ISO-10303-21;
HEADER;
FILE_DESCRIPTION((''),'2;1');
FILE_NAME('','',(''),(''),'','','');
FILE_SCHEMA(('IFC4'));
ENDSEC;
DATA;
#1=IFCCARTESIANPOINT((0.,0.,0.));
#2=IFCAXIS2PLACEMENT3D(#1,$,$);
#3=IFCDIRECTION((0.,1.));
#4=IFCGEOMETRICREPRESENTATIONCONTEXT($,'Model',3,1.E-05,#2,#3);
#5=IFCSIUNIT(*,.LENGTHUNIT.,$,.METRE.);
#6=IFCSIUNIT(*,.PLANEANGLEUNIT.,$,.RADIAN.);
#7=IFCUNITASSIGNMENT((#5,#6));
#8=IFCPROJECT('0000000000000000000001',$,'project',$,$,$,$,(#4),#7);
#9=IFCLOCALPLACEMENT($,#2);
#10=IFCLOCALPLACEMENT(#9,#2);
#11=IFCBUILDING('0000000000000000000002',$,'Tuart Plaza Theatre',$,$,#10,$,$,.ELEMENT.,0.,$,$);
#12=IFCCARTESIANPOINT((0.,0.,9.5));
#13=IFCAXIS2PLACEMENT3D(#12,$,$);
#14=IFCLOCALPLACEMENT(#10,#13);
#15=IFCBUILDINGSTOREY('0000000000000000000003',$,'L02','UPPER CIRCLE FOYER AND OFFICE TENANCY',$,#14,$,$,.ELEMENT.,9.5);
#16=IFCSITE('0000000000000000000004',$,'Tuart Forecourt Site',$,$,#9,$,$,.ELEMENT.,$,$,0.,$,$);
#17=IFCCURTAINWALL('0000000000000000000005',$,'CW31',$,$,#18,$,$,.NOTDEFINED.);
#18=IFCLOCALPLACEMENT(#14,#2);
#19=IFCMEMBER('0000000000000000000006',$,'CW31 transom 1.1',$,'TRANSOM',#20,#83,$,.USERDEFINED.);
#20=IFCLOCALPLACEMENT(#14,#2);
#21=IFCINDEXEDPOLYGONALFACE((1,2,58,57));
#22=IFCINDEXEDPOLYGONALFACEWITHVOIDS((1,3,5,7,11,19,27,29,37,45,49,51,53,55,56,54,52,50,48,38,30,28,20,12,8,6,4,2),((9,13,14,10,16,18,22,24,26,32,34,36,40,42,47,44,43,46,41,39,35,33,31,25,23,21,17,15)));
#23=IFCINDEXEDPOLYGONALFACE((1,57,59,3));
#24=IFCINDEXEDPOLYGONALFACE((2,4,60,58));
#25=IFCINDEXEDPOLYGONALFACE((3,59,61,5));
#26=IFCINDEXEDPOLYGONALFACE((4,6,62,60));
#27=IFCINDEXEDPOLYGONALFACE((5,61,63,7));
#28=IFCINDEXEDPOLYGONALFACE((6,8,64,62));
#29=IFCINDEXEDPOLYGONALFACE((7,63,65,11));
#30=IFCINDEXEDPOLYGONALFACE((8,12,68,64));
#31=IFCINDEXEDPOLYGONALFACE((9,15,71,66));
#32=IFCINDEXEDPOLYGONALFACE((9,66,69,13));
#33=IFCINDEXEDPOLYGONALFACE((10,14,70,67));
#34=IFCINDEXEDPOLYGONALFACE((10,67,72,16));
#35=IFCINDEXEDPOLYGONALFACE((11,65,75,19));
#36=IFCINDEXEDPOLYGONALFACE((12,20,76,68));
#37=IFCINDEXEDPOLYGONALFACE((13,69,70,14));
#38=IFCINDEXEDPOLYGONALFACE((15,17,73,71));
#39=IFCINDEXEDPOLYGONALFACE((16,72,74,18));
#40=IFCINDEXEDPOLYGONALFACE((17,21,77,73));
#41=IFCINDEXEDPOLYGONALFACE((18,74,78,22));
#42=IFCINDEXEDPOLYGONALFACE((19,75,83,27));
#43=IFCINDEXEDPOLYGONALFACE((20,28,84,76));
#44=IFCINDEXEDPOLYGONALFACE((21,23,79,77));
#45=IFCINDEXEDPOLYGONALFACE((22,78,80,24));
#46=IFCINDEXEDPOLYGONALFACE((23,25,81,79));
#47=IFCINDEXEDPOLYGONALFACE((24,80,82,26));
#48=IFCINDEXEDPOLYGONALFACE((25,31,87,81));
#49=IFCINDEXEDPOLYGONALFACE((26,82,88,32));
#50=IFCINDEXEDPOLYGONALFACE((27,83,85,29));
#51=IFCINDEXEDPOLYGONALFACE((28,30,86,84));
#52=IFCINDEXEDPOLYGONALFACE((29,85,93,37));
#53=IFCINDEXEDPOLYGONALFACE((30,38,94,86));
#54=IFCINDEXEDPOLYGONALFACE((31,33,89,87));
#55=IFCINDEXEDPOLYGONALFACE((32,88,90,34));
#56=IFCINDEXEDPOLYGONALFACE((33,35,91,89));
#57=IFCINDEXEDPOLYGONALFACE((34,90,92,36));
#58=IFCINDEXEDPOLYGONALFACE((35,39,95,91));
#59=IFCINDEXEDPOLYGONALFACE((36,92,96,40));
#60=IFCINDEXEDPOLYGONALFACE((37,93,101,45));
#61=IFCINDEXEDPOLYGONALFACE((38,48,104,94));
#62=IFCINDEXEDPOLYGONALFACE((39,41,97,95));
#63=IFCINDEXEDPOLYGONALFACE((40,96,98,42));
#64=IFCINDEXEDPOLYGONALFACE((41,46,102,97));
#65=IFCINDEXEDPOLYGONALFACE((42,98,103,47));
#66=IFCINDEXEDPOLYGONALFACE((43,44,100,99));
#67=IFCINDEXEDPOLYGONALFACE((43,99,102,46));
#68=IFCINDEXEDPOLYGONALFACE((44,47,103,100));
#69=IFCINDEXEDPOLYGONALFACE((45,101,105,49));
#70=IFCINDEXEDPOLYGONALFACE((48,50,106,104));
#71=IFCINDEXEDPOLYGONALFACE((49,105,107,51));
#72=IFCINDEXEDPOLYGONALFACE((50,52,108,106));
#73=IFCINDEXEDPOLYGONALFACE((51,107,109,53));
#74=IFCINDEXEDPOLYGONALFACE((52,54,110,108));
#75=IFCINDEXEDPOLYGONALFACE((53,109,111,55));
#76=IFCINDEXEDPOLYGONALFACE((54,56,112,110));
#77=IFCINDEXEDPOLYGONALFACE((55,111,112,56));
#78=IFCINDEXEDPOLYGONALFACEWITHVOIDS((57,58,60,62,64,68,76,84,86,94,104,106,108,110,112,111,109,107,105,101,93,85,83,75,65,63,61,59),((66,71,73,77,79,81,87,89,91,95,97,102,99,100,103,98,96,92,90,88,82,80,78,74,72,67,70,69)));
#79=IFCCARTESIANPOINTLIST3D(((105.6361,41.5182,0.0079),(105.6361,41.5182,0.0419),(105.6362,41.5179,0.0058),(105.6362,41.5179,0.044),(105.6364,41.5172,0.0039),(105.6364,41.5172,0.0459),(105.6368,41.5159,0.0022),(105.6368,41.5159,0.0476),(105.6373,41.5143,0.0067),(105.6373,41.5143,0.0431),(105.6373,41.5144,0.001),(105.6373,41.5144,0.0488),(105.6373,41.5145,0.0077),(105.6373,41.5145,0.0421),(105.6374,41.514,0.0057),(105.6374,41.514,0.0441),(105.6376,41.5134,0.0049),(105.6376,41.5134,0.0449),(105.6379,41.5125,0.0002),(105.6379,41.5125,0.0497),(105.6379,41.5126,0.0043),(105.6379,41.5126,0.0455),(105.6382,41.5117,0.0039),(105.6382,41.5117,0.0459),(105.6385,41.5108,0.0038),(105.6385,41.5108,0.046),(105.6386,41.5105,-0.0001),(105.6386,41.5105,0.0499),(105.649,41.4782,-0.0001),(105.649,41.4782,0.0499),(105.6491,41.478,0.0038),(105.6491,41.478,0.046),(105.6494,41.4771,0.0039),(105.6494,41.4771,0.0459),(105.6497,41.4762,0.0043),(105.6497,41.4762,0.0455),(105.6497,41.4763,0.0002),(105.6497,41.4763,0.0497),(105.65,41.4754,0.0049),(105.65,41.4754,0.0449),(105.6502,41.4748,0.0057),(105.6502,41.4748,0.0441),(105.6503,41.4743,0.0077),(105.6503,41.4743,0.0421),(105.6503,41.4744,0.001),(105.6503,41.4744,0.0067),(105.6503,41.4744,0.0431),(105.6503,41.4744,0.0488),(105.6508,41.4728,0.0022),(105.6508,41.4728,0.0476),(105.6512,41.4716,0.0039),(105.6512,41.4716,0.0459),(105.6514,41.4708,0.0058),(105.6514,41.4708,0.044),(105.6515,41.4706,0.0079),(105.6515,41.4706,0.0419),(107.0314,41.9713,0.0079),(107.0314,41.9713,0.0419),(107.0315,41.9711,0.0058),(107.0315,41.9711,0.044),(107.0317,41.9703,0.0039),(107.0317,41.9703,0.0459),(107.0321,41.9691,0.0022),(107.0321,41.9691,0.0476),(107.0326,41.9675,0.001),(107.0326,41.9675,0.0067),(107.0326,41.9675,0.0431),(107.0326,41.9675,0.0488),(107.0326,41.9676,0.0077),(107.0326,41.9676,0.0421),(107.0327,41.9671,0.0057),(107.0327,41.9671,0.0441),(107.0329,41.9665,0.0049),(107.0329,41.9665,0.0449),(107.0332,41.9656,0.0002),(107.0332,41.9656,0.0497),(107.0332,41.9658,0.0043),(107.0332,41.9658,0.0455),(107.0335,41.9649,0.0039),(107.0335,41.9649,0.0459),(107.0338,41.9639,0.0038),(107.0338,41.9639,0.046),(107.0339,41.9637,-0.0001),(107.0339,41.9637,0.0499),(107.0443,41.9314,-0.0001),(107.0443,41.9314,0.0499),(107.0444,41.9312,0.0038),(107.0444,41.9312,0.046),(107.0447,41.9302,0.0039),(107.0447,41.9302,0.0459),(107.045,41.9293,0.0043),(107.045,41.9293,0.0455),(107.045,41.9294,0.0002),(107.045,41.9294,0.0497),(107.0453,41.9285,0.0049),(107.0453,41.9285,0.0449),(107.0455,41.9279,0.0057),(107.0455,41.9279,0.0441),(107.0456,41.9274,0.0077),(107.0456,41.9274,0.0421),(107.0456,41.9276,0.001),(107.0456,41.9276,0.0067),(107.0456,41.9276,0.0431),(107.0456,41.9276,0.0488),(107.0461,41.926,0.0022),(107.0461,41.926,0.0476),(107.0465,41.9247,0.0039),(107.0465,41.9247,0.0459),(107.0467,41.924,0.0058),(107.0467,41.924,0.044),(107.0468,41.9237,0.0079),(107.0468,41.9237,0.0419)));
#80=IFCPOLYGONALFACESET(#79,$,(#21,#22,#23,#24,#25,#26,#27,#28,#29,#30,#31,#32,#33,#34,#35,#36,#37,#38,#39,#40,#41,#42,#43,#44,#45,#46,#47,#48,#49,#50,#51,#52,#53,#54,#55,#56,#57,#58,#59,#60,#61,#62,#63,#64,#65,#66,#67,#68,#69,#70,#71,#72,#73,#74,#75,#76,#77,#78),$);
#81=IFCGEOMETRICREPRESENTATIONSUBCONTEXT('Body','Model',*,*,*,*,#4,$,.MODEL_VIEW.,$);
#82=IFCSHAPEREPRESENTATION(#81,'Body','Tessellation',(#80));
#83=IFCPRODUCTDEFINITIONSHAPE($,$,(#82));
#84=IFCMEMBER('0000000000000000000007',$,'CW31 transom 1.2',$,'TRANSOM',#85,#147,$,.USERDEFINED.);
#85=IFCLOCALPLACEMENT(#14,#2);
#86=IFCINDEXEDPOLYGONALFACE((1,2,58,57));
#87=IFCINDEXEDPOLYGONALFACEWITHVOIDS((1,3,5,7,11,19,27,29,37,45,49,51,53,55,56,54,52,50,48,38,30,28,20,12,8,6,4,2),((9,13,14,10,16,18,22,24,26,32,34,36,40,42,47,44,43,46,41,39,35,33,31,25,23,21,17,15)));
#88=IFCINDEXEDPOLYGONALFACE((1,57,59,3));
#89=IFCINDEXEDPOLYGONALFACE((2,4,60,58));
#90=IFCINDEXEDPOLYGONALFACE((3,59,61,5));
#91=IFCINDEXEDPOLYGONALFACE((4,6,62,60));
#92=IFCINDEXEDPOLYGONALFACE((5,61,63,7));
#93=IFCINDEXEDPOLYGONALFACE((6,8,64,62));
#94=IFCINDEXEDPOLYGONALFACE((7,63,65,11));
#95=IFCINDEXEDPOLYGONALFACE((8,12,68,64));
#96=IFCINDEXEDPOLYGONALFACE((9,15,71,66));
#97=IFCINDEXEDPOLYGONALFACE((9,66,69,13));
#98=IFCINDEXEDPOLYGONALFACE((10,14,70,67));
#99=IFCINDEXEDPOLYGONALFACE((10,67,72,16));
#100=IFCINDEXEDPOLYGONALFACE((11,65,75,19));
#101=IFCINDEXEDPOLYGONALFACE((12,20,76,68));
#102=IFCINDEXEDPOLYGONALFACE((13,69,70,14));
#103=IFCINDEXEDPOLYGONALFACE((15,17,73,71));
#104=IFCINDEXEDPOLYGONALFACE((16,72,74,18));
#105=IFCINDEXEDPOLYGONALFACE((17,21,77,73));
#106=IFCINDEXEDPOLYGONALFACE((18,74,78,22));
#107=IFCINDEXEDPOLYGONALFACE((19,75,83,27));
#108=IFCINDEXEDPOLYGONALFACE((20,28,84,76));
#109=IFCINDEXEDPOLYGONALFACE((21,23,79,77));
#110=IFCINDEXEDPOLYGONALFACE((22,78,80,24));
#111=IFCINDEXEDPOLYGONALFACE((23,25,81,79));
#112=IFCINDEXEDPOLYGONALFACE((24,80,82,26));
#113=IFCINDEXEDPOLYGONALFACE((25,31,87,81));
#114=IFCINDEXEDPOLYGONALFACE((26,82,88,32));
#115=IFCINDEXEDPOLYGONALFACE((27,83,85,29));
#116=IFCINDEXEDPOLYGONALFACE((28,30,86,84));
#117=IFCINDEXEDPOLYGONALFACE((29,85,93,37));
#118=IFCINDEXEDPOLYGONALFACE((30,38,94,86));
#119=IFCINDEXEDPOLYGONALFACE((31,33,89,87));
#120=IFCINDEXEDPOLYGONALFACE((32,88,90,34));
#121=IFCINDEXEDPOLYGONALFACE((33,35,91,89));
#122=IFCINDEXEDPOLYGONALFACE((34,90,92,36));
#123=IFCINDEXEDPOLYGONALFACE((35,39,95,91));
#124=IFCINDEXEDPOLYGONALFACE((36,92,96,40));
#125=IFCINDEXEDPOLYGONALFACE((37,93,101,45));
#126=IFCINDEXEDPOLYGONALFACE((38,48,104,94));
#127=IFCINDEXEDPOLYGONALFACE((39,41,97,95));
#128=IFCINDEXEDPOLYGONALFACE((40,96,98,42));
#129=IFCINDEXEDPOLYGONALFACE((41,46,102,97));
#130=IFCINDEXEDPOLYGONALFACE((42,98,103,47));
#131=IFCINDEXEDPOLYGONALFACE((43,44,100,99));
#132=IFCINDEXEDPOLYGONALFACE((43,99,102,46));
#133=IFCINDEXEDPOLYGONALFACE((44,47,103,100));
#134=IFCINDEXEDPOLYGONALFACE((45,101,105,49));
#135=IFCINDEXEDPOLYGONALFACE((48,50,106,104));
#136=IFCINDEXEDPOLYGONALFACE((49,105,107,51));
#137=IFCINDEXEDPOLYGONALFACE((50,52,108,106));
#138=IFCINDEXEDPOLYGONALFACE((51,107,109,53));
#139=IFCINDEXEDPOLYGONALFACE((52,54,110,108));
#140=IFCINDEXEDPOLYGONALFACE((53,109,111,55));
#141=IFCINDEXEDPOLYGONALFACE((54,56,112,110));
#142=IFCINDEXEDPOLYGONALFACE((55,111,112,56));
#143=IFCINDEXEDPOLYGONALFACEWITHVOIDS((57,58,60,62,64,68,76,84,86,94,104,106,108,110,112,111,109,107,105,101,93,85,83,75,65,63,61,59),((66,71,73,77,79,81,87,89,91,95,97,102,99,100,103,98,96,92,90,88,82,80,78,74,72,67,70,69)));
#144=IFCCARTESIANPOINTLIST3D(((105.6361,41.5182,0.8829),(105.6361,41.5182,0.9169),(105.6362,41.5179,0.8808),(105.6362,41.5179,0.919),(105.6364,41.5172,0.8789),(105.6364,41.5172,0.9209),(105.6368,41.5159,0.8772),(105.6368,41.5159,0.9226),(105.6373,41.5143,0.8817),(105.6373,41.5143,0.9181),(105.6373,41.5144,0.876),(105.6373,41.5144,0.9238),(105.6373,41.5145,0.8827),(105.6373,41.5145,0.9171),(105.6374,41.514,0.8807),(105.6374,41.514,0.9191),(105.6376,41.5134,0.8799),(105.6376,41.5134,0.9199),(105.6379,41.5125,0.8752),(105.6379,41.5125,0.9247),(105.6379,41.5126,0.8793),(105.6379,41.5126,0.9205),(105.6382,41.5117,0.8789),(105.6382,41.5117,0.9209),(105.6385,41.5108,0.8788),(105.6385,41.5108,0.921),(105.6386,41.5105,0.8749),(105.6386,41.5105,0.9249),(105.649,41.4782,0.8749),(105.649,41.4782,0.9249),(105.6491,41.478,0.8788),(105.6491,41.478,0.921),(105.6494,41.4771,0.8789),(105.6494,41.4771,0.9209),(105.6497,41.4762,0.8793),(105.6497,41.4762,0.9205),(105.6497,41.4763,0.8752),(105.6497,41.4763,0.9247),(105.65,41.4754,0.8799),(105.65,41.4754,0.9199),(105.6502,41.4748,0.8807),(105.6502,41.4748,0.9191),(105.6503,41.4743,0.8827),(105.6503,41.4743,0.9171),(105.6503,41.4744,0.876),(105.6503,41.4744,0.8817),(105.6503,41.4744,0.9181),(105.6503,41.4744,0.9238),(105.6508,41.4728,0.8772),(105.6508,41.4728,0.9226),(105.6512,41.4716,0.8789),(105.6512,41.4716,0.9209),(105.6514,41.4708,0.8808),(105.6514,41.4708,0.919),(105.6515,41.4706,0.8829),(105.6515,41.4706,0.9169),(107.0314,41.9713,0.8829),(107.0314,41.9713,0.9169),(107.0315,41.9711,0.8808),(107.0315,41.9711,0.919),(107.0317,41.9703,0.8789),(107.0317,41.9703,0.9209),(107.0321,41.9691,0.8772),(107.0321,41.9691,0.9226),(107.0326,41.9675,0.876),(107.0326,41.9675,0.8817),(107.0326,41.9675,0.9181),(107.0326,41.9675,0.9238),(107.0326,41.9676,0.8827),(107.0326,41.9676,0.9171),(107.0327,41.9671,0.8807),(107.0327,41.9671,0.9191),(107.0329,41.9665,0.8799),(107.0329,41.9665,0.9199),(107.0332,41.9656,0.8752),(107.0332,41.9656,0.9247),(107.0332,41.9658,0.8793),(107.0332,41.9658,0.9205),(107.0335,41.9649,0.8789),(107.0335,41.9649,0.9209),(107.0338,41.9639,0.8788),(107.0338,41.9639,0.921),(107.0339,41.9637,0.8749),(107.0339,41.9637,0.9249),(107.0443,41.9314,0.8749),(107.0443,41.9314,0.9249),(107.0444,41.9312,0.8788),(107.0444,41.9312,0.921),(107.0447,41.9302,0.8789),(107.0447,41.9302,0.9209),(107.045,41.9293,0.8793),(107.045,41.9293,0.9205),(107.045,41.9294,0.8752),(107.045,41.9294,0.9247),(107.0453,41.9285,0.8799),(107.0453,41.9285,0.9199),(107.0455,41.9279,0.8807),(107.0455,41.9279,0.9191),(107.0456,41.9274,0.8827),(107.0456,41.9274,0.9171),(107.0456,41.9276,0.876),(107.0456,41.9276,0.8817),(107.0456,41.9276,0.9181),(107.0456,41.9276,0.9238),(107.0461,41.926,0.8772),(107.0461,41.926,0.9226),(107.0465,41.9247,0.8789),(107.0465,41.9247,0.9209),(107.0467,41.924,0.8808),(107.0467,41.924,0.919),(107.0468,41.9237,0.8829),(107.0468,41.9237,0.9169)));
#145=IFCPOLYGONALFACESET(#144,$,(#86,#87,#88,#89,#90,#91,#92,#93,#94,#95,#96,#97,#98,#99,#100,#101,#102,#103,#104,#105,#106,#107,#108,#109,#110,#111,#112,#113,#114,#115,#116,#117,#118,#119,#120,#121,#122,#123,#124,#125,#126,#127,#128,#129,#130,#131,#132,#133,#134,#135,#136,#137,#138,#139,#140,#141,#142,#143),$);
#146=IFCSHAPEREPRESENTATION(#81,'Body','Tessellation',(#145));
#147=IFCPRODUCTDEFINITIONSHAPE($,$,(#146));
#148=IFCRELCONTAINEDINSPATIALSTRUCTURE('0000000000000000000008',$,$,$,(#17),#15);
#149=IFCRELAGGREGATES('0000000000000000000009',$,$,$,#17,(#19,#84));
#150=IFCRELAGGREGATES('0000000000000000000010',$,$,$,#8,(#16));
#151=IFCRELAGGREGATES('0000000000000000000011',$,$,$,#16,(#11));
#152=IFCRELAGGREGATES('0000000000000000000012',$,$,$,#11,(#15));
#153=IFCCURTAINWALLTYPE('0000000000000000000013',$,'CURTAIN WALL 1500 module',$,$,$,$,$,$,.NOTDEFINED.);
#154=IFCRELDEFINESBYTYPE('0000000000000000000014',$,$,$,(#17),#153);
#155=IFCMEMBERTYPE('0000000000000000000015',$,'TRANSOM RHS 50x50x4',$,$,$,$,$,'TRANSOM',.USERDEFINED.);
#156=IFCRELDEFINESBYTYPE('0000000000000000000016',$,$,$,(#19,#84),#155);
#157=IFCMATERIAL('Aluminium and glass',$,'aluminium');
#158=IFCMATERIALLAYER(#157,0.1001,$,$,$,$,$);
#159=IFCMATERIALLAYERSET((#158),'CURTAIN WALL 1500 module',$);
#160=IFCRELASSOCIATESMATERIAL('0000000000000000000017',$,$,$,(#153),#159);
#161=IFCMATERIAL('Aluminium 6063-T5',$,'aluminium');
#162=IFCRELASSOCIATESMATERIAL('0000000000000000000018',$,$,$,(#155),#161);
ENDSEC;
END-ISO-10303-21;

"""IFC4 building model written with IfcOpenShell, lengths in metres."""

from ifc_helpers import new_model, si_unit, direction, frame, origin, origin_2d, place, context, subcontext, project, spatial, hollow_rectangle, extrude, material, layer, layer_set, material_profile, profile_set, type_object, element, aggregate, save


model = new_model("IFC4")

# Units and contexts
model_context = context("Model", 3, precision=1e-05, world=origin(), true_north=direction((0.0, 1.0)))
body_context = subcontext(model_context, "Body", "Model", "MODEL_VIEW")
ifc_project = project(units=[si_unit("LENGTHUNIT", "METRE"), si_unit("PLANEANGLEUNIT", "RADIAN")], contexts=[model_context])

# Site, building, storey
site_placement = place(None, origin())
site = spatial("IfcSite", under=ifc_project, at=site_placement, Name="Tuart Forecourt Site", CompositionType="ELEMENT", RefElevation=0.0)
building_placement = place(site_placement, origin())
building = spatial("IfcBuilding", under=site, at=building_placement, Name="Tuart Plaza Theatre", CompositionType="ELEMENT", ElevationOfRefHeight=0.0)
storey_placement = place(building_placement, frame((0.0, 0.0, 9.5)))
storey = spatial("IfcBuildingStorey", under=building, at=storey_placement, Name="L02", Description="UPPER CIRCLE FOYER AND OFFICE TENANCY", CompositionType="ELEMENT", Elevation=9.5)

# Shared definitions
ifc_material_1 = material(Name="Aluminium and glass", Category="aluminium")
ifc_layer_1 = layer(ifc_material_1, 0.1001)
ifc_layer_set_1 = layer_set([ifc_layer_1], Name="CURTAIN WALL 1500 module")
curtain_wall_type = type_object("IfcCurtainWallType", Name="CURTAIN WALL 1500 module", PredefinedType="NOTDEFINED", material=ifc_layer_set_1)

# Curtain wall
curtain_wall_1_placement = place(storey_placement, origin())
curtain_wall_1 = element("IfcCurtainWall", 1, at=curtain_wall_1_placement, inside=storey, type_object=curtain_wall_type, Name="CW31", PredefinedType="NOTDEFINED")

# Members
ifc_material_2 = material(Name="Aluminium 6063-T5", Category="aluminium")
ifc_material_profile_1 = material_profile(ifc_material_2, hollow_rectangle(XDim=0.05, YDim=0.05, WallThickness=0.0039, InnerFilletRadius=0.0039, OuterFilletRadius=0.0081, at=origin_2d()), Name="RHS 50x50x4")
ifc_profile_set_1 = profile_set([ifc_material_profile_1], Name="Aluminium 6063-T5")
member_type_1 = type_object("IfcMemberType", Name="TRANSOM RHS 50x50x4", ElementType="TRANSOM", PredefinedType="USERDEFINED", material=ifc_profile_set_1)
member_1_placement = place(storey_placement, frame((105.6438, 41.4944, 0.0249), z_axis=(0.951101, 0.308879, 0.0), x_axis=(-0.308879, 0.951101, 0.0)))
member_1 = element("IfcMember", 2, at=member_1_placement, type_object=member_type_1, Name="CW31 transom 1.1", ObjectType="TRANSOM", PredefinedType="USERDEFINED", context=body_context, shape_type="SweptSolid", body=[
    extrude(hollow_rectangle(XDim=0.05, YDim=0.05, WallThickness=0.0039, InnerFilletRadius=0.0039, OuterFilletRadius=0.0081, at=origin_2d()), origin(), (0.0, 0.0, 1.0), 1.467),
])
member_2_placement = place(storey_placement, frame((105.6438, 41.4944, 0.8999), z_axis=(0.951101, 0.308879, 0.0), x_axis=(-0.308879, 0.951101, 0.0)))
member_2 = element("IfcMember", 3, at=member_2_placement, type_object=member_type_1, Name="CW31 transom 1.2", ObjectType="TRANSOM", PredefinedType="USERDEFINED", context=body_context, shape_type="SweptSolid", body=[
    extrude(hollow_rectangle(XDim=0.05, YDim=0.05, WallThickness=0.0039, InnerFilletRadius=0.0039, OuterFilletRadius=0.0081, at=origin_2d()), origin(), (0.0, 0.0, 1.0), 1.467),
])

aggregate(curtain_wall_1, [member_1, member_2])

save(model, "model.ifc")
